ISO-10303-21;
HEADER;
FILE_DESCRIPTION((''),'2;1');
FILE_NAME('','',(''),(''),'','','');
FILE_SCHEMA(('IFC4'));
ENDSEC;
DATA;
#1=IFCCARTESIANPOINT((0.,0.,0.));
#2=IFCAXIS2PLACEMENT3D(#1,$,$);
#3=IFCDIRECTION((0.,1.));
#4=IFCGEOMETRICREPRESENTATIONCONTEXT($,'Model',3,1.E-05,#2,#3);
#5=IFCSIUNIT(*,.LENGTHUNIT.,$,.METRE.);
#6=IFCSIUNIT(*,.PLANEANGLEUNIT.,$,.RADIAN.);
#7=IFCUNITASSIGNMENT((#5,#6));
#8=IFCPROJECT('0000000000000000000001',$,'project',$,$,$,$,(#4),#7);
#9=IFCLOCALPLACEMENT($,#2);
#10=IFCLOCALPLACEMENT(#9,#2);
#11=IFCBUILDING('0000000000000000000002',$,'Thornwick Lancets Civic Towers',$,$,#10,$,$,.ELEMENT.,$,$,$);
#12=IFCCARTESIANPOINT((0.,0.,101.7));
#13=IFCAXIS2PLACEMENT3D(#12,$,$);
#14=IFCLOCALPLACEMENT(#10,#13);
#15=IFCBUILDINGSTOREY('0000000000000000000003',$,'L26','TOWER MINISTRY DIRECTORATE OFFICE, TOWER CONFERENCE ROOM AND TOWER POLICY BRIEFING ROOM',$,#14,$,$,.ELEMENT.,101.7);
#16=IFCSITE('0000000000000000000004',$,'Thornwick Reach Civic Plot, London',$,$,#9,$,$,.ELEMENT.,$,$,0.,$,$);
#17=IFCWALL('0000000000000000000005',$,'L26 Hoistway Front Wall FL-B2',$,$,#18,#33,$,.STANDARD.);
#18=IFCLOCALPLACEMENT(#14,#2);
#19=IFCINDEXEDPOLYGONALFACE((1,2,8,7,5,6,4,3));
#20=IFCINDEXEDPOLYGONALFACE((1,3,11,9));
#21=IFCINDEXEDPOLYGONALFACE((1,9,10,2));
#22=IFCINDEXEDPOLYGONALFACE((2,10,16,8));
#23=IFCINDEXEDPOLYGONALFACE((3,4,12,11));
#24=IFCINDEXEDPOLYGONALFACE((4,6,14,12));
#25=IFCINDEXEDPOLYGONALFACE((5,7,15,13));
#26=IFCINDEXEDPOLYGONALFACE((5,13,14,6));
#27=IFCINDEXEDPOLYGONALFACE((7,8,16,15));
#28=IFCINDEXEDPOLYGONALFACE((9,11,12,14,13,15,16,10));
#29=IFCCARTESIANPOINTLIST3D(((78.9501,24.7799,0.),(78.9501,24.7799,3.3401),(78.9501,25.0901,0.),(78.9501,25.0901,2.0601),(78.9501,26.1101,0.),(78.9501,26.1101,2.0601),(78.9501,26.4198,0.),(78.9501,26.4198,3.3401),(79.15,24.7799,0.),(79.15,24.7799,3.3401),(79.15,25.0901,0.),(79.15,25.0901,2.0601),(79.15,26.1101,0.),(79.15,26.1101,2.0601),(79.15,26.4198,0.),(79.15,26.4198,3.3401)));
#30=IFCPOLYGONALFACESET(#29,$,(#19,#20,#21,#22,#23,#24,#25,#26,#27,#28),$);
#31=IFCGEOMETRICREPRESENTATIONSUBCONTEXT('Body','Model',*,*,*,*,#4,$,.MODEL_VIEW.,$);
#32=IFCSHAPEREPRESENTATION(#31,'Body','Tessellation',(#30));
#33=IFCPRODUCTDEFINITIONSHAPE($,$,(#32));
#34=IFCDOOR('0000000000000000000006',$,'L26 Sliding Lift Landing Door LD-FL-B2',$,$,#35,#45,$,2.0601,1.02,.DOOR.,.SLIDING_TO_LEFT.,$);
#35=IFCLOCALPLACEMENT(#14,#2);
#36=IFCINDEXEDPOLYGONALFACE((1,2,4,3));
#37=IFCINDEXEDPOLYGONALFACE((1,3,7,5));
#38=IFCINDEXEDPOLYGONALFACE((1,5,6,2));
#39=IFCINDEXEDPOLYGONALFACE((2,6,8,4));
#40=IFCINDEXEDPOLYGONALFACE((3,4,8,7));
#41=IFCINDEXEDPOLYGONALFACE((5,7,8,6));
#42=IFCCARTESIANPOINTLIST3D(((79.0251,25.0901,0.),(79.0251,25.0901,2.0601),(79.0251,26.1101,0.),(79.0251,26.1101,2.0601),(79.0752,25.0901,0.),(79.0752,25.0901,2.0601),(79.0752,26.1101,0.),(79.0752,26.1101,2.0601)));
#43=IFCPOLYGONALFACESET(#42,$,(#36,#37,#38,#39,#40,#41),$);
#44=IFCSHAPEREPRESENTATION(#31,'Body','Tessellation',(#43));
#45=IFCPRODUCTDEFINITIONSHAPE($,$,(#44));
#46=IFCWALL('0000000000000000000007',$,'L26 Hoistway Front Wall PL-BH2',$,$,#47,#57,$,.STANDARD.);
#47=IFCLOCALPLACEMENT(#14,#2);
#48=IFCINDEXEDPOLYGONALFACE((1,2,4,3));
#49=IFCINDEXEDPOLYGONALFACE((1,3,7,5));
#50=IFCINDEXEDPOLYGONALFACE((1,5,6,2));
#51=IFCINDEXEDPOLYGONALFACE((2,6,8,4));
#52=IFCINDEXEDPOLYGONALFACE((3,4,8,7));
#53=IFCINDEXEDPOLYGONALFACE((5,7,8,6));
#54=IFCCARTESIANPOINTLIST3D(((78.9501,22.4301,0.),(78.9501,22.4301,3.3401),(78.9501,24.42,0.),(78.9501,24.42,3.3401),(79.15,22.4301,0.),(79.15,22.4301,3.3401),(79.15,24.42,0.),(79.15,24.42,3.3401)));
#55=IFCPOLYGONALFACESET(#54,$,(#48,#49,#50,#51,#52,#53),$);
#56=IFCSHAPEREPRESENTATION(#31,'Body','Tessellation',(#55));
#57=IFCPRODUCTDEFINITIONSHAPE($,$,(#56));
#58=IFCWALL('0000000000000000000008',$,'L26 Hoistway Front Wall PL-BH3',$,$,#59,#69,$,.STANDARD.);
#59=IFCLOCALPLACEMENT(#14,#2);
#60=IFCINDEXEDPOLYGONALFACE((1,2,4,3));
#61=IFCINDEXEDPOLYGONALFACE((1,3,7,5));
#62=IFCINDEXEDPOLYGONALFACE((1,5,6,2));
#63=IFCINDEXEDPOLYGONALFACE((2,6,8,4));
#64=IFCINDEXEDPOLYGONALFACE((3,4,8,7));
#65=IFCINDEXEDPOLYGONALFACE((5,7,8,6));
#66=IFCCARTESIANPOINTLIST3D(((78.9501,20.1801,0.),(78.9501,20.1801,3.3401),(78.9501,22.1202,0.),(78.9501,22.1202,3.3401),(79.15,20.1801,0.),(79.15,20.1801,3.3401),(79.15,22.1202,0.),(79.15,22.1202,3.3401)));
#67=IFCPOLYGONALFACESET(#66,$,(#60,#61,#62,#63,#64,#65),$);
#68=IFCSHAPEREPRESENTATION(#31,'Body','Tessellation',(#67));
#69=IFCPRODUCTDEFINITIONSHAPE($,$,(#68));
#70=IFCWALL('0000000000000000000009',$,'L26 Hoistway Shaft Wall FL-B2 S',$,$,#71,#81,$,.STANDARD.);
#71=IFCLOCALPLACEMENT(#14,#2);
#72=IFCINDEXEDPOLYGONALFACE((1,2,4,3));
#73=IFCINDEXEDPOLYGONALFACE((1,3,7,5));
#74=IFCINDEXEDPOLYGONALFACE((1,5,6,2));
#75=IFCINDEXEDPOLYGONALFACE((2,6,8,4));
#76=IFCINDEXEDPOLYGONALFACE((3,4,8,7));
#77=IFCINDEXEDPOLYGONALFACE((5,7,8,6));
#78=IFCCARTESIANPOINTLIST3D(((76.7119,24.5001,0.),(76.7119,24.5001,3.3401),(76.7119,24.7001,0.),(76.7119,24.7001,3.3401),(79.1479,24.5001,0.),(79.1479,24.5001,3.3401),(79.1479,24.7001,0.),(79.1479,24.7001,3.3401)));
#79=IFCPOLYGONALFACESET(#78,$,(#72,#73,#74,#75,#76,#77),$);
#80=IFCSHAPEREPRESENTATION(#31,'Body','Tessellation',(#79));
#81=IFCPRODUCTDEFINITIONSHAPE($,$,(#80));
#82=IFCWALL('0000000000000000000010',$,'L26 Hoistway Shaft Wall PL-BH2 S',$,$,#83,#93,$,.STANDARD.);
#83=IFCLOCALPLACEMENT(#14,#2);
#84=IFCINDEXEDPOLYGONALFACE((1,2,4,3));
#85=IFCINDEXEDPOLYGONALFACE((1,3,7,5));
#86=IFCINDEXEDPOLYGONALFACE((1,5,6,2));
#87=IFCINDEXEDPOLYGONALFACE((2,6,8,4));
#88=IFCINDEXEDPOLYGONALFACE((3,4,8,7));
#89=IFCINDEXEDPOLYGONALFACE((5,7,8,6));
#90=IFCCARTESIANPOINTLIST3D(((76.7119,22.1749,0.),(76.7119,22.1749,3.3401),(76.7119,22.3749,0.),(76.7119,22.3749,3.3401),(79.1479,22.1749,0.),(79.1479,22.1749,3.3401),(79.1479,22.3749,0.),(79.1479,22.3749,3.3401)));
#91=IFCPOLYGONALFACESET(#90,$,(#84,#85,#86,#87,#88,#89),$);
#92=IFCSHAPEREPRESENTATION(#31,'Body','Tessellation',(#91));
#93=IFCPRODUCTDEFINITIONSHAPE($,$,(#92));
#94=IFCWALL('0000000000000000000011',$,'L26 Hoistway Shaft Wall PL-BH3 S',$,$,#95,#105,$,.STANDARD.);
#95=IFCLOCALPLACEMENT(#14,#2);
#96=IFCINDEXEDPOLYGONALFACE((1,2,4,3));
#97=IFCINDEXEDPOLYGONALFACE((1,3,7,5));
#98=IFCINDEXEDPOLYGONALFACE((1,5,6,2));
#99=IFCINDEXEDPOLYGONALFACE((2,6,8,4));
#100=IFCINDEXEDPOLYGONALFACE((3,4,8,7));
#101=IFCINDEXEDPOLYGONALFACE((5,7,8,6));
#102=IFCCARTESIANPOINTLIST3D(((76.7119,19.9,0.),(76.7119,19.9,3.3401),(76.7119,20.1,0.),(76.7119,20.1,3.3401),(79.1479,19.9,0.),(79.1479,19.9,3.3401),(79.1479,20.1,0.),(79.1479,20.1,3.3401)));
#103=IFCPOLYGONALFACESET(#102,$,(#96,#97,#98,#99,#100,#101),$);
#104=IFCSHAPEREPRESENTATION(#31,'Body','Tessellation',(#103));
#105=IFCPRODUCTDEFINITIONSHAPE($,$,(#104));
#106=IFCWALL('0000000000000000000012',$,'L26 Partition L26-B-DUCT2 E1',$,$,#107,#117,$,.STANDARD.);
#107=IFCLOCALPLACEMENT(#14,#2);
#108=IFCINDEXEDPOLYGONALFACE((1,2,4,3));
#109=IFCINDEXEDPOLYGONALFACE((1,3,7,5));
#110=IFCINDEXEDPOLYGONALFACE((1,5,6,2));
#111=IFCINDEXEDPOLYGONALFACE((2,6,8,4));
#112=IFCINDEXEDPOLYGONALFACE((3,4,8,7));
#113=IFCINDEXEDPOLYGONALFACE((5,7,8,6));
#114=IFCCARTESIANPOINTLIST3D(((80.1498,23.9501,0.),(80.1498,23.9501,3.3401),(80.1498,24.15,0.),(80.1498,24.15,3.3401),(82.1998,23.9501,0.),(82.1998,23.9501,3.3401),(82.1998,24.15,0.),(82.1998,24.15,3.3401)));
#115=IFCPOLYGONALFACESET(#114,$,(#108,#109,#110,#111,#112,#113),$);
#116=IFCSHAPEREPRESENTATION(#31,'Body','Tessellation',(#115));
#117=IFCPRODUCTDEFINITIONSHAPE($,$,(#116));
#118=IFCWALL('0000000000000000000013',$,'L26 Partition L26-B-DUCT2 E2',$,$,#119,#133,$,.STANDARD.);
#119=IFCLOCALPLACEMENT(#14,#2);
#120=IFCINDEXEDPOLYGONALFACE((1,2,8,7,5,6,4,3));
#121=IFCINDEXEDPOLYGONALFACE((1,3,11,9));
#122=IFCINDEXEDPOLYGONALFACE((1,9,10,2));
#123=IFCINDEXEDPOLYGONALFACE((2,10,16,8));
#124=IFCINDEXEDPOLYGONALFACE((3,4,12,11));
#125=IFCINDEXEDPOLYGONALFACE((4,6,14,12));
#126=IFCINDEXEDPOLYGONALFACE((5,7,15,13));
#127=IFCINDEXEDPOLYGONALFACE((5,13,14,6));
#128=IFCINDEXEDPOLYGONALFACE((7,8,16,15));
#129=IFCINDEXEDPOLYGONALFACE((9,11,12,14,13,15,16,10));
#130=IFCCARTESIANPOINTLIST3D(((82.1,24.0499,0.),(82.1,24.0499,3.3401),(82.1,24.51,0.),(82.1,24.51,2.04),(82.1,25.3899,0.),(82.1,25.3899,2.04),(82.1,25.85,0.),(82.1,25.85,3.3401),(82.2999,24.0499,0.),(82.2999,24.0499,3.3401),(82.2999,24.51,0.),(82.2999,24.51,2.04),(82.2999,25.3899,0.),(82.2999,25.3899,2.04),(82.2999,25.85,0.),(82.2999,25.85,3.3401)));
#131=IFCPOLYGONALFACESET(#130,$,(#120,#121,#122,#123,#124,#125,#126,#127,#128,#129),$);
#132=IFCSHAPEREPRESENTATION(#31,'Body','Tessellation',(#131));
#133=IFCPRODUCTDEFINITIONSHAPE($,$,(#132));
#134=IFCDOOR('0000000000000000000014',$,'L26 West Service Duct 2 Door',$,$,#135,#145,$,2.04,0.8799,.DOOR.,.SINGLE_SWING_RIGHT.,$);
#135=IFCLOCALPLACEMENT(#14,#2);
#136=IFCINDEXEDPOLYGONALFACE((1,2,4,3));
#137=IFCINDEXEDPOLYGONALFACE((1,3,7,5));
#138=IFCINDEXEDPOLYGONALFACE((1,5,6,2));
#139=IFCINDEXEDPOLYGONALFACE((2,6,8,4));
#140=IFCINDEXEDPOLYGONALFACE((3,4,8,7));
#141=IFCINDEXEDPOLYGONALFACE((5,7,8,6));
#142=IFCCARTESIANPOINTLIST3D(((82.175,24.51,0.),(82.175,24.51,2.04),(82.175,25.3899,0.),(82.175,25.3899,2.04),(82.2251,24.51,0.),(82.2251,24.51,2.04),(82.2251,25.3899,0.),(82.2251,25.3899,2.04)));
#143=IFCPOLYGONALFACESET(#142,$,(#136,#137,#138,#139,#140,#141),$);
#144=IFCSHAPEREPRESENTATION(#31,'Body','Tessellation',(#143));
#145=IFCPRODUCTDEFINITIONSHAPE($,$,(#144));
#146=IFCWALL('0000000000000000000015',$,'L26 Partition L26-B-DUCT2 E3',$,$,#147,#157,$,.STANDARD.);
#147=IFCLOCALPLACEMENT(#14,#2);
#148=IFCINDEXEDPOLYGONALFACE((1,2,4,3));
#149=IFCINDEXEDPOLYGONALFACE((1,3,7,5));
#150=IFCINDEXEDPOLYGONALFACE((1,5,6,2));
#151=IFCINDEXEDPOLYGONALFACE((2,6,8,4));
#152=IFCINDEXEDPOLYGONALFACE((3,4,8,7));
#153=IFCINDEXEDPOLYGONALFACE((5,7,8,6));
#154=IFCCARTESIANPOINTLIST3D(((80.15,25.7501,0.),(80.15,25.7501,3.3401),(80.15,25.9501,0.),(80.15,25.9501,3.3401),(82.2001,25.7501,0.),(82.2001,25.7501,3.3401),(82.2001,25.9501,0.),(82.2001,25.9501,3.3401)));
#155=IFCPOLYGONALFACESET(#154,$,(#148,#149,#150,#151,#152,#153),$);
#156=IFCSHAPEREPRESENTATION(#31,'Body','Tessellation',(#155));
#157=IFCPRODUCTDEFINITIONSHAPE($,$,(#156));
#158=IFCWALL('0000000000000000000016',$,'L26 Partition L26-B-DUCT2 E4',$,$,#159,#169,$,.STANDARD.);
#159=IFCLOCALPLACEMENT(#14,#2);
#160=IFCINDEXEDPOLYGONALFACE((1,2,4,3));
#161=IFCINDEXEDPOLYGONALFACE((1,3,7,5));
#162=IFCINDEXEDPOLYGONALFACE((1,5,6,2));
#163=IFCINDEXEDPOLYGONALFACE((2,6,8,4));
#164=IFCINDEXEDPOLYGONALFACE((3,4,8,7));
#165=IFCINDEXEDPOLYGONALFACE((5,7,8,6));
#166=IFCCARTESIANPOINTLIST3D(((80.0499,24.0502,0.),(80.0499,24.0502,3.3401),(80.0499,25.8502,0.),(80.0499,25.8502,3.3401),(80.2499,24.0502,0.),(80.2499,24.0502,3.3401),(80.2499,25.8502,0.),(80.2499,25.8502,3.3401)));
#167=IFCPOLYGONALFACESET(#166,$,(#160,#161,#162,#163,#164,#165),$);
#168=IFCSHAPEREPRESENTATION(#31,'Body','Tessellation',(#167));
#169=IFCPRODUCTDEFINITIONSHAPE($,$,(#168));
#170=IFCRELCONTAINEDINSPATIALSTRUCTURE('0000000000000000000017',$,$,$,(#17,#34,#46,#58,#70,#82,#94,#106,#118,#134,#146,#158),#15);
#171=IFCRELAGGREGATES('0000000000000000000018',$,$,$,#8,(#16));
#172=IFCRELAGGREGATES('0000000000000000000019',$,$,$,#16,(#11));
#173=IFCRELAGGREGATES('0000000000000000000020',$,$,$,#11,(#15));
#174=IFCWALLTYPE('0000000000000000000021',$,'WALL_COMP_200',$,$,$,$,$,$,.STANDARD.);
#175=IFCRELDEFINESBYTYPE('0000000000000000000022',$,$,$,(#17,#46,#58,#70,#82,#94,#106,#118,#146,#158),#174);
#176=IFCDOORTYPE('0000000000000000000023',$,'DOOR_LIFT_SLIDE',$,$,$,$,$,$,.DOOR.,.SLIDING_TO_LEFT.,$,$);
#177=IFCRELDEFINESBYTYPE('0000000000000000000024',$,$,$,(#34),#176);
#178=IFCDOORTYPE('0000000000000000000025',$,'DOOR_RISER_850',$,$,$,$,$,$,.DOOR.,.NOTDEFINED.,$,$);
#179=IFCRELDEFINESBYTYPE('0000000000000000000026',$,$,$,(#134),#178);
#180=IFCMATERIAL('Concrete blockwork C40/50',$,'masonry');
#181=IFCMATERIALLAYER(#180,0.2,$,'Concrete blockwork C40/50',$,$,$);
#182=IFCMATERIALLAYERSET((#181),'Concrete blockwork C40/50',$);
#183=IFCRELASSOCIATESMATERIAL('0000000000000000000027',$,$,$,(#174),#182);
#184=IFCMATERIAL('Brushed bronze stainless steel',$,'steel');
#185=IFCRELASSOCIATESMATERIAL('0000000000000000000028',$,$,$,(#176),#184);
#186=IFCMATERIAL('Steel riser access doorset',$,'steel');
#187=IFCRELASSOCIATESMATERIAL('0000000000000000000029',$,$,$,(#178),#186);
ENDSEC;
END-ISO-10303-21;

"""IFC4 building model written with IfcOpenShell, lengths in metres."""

from ifc_helpers import new_model, si_unit, direction, frame, frame_2d, origin, place, context, subcontext, project, spatial, rectangle, extrude, material, layer, layer_set, type_object, element, fill, save


model = new_model("IFC4")

# Units and contexts
model_context = context("Model", 3, precision=1e-05, world=origin(), true_north=direction((0.0, 1.0)))
body_context = subcontext(model_context, "Body", "Model", "MODEL_VIEW")
ifc_project = project(units=[si_unit("LENGTHUNIT", "METRE"), si_unit("PLANEANGLEUNIT", "RADIAN")], contexts=[model_context])

# Site, building, storey
site_placement = place(None, origin())
site = spatial("IfcSite", under=ifc_project, at=site_placement, Name="Thornwick Reach Civic Plot, London", CompositionType="ELEMENT", RefElevation=0.0)
building_placement = place(site_placement, origin())
building = spatial("IfcBuilding", under=site, at=building_placement, Name="Thornwick Lancets Civic Towers", CompositionType="ELEMENT")
storey_placement = place(building_placement, frame((0.0, 0.0, 101.7)))
storey = spatial("IfcBuildingStorey", under=building, at=storey_placement, Name="L26", Description="TOWER MINISTRY DIRECTORATE OFFICE, TOWER CONFERENCE ROOM AND TOWER POLICY BRIEFING ROOM", CompositionType="ELEMENT", Elevation=101.7)

# Wall, opening, door
ifc_material_1 = material(Name="Concrete blockwork C40/50", Category="masonry")
ifc_layer_1 = layer(ifc_material_1, 0.2, Name="Concrete blockwork C40/50")
ifc_layer_set_1 = layer_set([ifc_layer_1], Name="Concrete blockwork C40/50")
wall_type_1 = type_object("IfcWallType", Name="WALL_COMP_200", PredefinedType="STANDARD", material=ifc_layer_set_1)
wall_1_placement = place(storey_placement, frame((79.05, 24.78, 0.0), z_axis=(0.0, 0.0, 1.0), x_axis=(0.0, 1.0, 0.0)))
wall_1 = element("IfcWall", 1, at=wall_1_placement, inside=storey, type_object=wall_type_1, Name="L26 Hoistway Front Wall FL-B2", PredefinedType="STANDARD", context=body_context, shape_type="SweptSolid", body=[
    extrude(rectangle(XDim=1.6399, YDim=0.2, at=frame_2d((0.8198, 0.0))), origin(), (0.0, 0.0, 1.0), 3.3401),
])
opening_1_placement = place(wall_1_placement, frame((0.3101, 0.0, 0.0)))
opening_1 = element("IfcOpeningElement", 2, at=opening_1_placement, cuts=wall_1, PredefinedType="OPENING", context=body_context, shape_type="SweptSolid", body=[
    extrude(rectangle(XDim=1.02, YDim=2.0601, at=frame_2d((0.51, 1.03))), frame((0.0, 0.1099, 0.0), z_axis=(0.0, -1.0, 0.0), x_axis=(1.0, 0.0, 0.0)), (0.0, 0.0, 1.0), 0.22),
])
ifc_material_2 = material(Name="Brushed bronze stainless steel", Category="steel")
door_type_1 = type_object("IfcDoorType", Name="DOOR_LIFT_SLIDE", OperationType="SLIDING_TO_LEFT", PredefinedType="DOOR", material=ifc_material_2)
door_1_placement = place(opening_1_placement, origin())
door_1 = element("IfcDoor", 3, at=door_1_placement, inside=storey, type_object=door_type_1, Name="L26 Sliding Lift Landing Door LD-FL-B2", OperationType="SLIDING_TO_LEFT", OverallHeight=2.0601, OverallWidth=1.02, PredefinedType="DOOR", context=body_context, shape_type="SweptSolid", body=[
    extrude(rectangle(XDim=1.02, YDim=2.0601, at=frame_2d((0.51, 1.03))), frame((0.0, 0.0249, 0.0), z_axis=(0.0, -1.0, 0.0), x_axis=(1.0, 0.0, 0.0)), (0.0, 0.0, 1.0), 0.05),
])
fill(opening_1, door_1)

# Walls
wall_2_placement = place(storey_placement, frame((79.05, 22.4299, 0.0), z_axis=(0.0, 0.0, 1.0), x_axis=(0.0, 1.0, 0.0)))
element("IfcWall", 4, at=wall_2_placement, inside=storey, type_object=wall_type_1, Name="L26 Hoistway Front Wall PL-BH2", PredefinedType="STANDARD", context=body_context, shape_type="SweptSolid", body=[
    extrude(rectangle(XDim=1.99, YDim=0.2, at=frame_2d((0.9951, 0.0))), origin(), (0.0, 0.0, 1.0), 3.3401),
])
wall_3_placement = place(storey_placement, frame((79.05, 20.1799, 0.0), z_axis=(0.0, 0.0, 1.0), x_axis=(0.0, 1.0, 0.0)))
element("IfcWall", 5, at=wall_3_placement, inside=storey, type_object=wall_type_1, Name="L26 Hoistway Front Wall PL-BH3", PredefinedType="STANDARD", context=body_context, shape_type="SweptSolid", body=[
    extrude(rectangle(XDim=1.9402, YDim=0.2, at=frame_2d((0.9702, 0.0))), origin(), (0.0, 0.0, 1.0), 3.3401),
])
for number, where, z_axis, x_axis, name in (
    (6, (76.7119, 24.6001, 0.0), (0.0, 0.0, 1.0), (1.0, 0.0, 0.0), "L26 Hoistway Shaft Wall FL-B2 S"),
    (7, (76.7119, 22.2749, 0.0), (0.0, 0.0, 1.0), (1.0, 0.0, 0.0), "L26 Hoistway Shaft Wall PL-BH2 S"),
    (8, (76.7119, 20.0, 0.0), (0.0, 0.0, 1.0), (1.0, 0.0, 0.0), "L26 Hoistway Shaft Wall PL-BH3 S"),
):
    element("IfcWall", number, at=place(storey_placement, frame(where, z_axis=z_axis, x_axis=x_axis)), inside=storey, type_object=wall_type_1, Name=name, PredefinedType="STANDARD", context=body_context, shape_type="SweptSolid", body=[
        extrude(rectangle(XDim=2.436, YDim=0.2, at=frame_2d((1.218, 0.0))), origin(), (0.0, 0.0, 1.0), 3.3401),
    ])
wall_4_placement = place(storey_placement, frame((80.1499, 24.05, 0.0), z_axis=(0.0, 0.0, 1.0), x_axis=(1.0, 0.0, 0.0)))
element("IfcWall", 9, at=wall_4_placement, inside=storey, type_object=wall_type_1, Name="L26 Partition L26-B-DUCT2 E1", PredefinedType="STANDARD", context=body_context, shape_type="SweptSolid", body=[
    extrude(rectangle(XDim=2.05, YDim=0.2, at=frame_2d((1.0249, 0.0))), origin(), (0.0, 0.0, 1.0), 3.3401),
])

# Wall, opening, door
wall_5_placement = place(storey_placement, frame((82.2, 24.05, 0.0), z_axis=(0.0, 0.0, 1.0), x_axis=(0.0, 1.0, 0.0)))
wall_5 = element("IfcWall", 10, at=wall_5_placement, inside=storey, type_object=wall_type_1, Name="L26 Partition L26-B-DUCT2 E2", PredefinedType="STANDARD", context=body_context, shape_type="SweptSolid", body=[
    extrude(rectangle(XDim=1.8, YDim=0.2, at=frame_2d((0.8999, 0.0))), origin(), (0.0, 0.0, 1.0), 3.3401),
])
opening_2_placement = place(wall_5_placement, frame((0.46, 0.0, 0.0)))
opening_2 = element("IfcOpeningElement", 11, at=opening_2_placement, cuts=wall_5, PredefinedType="OPENING", context=body_context, shape_type="SweptSolid", body=[
    extrude(rectangle(XDim=0.8799, YDim=2.04, at=frame_2d((0.4399, 1.02))), frame((0.0, 0.1099, 0.0), z_axis=(0.0, -1.0, 0.0), x_axis=(1.0, 0.0, 0.0)), (0.0, 0.0, 1.0), 0.22),
])
ifc_material_3 = material(Name="Steel riser access doorset", Category="steel")
door_type_2 = type_object("IfcDoorType", Name="DOOR_RISER_850", OperationType="NOTDEFINED", PredefinedType="DOOR", material=ifc_material_3)
door_2_placement = place(opening_2_placement, origin())
door_2 = element("IfcDoor", 12, at=door_2_placement, inside=storey, type_object=door_type_2, Name="L26 West Service Duct 2 Door", OperationType="SINGLE_SWING_RIGHT", OverallHeight=2.04, OverallWidth=0.8799, PredefinedType="DOOR", context=body_context, shape_type="SweptSolid", body=[
    extrude(rectangle(XDim=0.8799, YDim=2.04, at=frame_2d((0.4399, 1.02))), frame((0.0, 0.0249, 0.0), z_axis=(0.0, -1.0, 0.0), x_axis=(1.0, 0.0, 0.0)), (0.0, 0.0, 1.0), 0.05),
])
fill(opening_2, door_2)

# Walls
wall_6_placement = place(storey_placement, frame((82.2, 25.8501, 0.0), z_axis=(0.0, 0.0, 1.0), x_axis=(-1.0, 0.0, 0.0)))
element("IfcWall", 13, at=wall_6_placement, inside=storey, type_object=wall_type_1, Name="L26 Partition L26-B-DUCT2 E3", PredefinedType="STANDARD", context=body_context, shape_type="SweptSolid", body=[
    extrude(rectangle(XDim=2.05, YDim=0.2, at=frame_2d((1.0249, 0.0))), origin(), (0.0, 0.0, 1.0), 3.3401),
])
wall_7_placement = place(storey_placement, frame((80.1499, 25.8501, 0.0), z_axis=(0.0, 0.0, 1.0), x_axis=(0.0, -1.0, 0.0)))
element("IfcWall", 14, at=wall_7_placement, inside=storey, type_object=wall_type_1, Name="L26 Partition L26-B-DUCT2 E4", PredefinedType="STANDARD", context=body_context, shape_type="SweptSolid", body=[
    extrude(rectangle(XDim=1.8, YDim=0.2, at=frame_2d((0.8999, 0.0))), origin(), (0.0, 0.0, 1.0), 3.3401),
])

save(model, "model.ifc")
